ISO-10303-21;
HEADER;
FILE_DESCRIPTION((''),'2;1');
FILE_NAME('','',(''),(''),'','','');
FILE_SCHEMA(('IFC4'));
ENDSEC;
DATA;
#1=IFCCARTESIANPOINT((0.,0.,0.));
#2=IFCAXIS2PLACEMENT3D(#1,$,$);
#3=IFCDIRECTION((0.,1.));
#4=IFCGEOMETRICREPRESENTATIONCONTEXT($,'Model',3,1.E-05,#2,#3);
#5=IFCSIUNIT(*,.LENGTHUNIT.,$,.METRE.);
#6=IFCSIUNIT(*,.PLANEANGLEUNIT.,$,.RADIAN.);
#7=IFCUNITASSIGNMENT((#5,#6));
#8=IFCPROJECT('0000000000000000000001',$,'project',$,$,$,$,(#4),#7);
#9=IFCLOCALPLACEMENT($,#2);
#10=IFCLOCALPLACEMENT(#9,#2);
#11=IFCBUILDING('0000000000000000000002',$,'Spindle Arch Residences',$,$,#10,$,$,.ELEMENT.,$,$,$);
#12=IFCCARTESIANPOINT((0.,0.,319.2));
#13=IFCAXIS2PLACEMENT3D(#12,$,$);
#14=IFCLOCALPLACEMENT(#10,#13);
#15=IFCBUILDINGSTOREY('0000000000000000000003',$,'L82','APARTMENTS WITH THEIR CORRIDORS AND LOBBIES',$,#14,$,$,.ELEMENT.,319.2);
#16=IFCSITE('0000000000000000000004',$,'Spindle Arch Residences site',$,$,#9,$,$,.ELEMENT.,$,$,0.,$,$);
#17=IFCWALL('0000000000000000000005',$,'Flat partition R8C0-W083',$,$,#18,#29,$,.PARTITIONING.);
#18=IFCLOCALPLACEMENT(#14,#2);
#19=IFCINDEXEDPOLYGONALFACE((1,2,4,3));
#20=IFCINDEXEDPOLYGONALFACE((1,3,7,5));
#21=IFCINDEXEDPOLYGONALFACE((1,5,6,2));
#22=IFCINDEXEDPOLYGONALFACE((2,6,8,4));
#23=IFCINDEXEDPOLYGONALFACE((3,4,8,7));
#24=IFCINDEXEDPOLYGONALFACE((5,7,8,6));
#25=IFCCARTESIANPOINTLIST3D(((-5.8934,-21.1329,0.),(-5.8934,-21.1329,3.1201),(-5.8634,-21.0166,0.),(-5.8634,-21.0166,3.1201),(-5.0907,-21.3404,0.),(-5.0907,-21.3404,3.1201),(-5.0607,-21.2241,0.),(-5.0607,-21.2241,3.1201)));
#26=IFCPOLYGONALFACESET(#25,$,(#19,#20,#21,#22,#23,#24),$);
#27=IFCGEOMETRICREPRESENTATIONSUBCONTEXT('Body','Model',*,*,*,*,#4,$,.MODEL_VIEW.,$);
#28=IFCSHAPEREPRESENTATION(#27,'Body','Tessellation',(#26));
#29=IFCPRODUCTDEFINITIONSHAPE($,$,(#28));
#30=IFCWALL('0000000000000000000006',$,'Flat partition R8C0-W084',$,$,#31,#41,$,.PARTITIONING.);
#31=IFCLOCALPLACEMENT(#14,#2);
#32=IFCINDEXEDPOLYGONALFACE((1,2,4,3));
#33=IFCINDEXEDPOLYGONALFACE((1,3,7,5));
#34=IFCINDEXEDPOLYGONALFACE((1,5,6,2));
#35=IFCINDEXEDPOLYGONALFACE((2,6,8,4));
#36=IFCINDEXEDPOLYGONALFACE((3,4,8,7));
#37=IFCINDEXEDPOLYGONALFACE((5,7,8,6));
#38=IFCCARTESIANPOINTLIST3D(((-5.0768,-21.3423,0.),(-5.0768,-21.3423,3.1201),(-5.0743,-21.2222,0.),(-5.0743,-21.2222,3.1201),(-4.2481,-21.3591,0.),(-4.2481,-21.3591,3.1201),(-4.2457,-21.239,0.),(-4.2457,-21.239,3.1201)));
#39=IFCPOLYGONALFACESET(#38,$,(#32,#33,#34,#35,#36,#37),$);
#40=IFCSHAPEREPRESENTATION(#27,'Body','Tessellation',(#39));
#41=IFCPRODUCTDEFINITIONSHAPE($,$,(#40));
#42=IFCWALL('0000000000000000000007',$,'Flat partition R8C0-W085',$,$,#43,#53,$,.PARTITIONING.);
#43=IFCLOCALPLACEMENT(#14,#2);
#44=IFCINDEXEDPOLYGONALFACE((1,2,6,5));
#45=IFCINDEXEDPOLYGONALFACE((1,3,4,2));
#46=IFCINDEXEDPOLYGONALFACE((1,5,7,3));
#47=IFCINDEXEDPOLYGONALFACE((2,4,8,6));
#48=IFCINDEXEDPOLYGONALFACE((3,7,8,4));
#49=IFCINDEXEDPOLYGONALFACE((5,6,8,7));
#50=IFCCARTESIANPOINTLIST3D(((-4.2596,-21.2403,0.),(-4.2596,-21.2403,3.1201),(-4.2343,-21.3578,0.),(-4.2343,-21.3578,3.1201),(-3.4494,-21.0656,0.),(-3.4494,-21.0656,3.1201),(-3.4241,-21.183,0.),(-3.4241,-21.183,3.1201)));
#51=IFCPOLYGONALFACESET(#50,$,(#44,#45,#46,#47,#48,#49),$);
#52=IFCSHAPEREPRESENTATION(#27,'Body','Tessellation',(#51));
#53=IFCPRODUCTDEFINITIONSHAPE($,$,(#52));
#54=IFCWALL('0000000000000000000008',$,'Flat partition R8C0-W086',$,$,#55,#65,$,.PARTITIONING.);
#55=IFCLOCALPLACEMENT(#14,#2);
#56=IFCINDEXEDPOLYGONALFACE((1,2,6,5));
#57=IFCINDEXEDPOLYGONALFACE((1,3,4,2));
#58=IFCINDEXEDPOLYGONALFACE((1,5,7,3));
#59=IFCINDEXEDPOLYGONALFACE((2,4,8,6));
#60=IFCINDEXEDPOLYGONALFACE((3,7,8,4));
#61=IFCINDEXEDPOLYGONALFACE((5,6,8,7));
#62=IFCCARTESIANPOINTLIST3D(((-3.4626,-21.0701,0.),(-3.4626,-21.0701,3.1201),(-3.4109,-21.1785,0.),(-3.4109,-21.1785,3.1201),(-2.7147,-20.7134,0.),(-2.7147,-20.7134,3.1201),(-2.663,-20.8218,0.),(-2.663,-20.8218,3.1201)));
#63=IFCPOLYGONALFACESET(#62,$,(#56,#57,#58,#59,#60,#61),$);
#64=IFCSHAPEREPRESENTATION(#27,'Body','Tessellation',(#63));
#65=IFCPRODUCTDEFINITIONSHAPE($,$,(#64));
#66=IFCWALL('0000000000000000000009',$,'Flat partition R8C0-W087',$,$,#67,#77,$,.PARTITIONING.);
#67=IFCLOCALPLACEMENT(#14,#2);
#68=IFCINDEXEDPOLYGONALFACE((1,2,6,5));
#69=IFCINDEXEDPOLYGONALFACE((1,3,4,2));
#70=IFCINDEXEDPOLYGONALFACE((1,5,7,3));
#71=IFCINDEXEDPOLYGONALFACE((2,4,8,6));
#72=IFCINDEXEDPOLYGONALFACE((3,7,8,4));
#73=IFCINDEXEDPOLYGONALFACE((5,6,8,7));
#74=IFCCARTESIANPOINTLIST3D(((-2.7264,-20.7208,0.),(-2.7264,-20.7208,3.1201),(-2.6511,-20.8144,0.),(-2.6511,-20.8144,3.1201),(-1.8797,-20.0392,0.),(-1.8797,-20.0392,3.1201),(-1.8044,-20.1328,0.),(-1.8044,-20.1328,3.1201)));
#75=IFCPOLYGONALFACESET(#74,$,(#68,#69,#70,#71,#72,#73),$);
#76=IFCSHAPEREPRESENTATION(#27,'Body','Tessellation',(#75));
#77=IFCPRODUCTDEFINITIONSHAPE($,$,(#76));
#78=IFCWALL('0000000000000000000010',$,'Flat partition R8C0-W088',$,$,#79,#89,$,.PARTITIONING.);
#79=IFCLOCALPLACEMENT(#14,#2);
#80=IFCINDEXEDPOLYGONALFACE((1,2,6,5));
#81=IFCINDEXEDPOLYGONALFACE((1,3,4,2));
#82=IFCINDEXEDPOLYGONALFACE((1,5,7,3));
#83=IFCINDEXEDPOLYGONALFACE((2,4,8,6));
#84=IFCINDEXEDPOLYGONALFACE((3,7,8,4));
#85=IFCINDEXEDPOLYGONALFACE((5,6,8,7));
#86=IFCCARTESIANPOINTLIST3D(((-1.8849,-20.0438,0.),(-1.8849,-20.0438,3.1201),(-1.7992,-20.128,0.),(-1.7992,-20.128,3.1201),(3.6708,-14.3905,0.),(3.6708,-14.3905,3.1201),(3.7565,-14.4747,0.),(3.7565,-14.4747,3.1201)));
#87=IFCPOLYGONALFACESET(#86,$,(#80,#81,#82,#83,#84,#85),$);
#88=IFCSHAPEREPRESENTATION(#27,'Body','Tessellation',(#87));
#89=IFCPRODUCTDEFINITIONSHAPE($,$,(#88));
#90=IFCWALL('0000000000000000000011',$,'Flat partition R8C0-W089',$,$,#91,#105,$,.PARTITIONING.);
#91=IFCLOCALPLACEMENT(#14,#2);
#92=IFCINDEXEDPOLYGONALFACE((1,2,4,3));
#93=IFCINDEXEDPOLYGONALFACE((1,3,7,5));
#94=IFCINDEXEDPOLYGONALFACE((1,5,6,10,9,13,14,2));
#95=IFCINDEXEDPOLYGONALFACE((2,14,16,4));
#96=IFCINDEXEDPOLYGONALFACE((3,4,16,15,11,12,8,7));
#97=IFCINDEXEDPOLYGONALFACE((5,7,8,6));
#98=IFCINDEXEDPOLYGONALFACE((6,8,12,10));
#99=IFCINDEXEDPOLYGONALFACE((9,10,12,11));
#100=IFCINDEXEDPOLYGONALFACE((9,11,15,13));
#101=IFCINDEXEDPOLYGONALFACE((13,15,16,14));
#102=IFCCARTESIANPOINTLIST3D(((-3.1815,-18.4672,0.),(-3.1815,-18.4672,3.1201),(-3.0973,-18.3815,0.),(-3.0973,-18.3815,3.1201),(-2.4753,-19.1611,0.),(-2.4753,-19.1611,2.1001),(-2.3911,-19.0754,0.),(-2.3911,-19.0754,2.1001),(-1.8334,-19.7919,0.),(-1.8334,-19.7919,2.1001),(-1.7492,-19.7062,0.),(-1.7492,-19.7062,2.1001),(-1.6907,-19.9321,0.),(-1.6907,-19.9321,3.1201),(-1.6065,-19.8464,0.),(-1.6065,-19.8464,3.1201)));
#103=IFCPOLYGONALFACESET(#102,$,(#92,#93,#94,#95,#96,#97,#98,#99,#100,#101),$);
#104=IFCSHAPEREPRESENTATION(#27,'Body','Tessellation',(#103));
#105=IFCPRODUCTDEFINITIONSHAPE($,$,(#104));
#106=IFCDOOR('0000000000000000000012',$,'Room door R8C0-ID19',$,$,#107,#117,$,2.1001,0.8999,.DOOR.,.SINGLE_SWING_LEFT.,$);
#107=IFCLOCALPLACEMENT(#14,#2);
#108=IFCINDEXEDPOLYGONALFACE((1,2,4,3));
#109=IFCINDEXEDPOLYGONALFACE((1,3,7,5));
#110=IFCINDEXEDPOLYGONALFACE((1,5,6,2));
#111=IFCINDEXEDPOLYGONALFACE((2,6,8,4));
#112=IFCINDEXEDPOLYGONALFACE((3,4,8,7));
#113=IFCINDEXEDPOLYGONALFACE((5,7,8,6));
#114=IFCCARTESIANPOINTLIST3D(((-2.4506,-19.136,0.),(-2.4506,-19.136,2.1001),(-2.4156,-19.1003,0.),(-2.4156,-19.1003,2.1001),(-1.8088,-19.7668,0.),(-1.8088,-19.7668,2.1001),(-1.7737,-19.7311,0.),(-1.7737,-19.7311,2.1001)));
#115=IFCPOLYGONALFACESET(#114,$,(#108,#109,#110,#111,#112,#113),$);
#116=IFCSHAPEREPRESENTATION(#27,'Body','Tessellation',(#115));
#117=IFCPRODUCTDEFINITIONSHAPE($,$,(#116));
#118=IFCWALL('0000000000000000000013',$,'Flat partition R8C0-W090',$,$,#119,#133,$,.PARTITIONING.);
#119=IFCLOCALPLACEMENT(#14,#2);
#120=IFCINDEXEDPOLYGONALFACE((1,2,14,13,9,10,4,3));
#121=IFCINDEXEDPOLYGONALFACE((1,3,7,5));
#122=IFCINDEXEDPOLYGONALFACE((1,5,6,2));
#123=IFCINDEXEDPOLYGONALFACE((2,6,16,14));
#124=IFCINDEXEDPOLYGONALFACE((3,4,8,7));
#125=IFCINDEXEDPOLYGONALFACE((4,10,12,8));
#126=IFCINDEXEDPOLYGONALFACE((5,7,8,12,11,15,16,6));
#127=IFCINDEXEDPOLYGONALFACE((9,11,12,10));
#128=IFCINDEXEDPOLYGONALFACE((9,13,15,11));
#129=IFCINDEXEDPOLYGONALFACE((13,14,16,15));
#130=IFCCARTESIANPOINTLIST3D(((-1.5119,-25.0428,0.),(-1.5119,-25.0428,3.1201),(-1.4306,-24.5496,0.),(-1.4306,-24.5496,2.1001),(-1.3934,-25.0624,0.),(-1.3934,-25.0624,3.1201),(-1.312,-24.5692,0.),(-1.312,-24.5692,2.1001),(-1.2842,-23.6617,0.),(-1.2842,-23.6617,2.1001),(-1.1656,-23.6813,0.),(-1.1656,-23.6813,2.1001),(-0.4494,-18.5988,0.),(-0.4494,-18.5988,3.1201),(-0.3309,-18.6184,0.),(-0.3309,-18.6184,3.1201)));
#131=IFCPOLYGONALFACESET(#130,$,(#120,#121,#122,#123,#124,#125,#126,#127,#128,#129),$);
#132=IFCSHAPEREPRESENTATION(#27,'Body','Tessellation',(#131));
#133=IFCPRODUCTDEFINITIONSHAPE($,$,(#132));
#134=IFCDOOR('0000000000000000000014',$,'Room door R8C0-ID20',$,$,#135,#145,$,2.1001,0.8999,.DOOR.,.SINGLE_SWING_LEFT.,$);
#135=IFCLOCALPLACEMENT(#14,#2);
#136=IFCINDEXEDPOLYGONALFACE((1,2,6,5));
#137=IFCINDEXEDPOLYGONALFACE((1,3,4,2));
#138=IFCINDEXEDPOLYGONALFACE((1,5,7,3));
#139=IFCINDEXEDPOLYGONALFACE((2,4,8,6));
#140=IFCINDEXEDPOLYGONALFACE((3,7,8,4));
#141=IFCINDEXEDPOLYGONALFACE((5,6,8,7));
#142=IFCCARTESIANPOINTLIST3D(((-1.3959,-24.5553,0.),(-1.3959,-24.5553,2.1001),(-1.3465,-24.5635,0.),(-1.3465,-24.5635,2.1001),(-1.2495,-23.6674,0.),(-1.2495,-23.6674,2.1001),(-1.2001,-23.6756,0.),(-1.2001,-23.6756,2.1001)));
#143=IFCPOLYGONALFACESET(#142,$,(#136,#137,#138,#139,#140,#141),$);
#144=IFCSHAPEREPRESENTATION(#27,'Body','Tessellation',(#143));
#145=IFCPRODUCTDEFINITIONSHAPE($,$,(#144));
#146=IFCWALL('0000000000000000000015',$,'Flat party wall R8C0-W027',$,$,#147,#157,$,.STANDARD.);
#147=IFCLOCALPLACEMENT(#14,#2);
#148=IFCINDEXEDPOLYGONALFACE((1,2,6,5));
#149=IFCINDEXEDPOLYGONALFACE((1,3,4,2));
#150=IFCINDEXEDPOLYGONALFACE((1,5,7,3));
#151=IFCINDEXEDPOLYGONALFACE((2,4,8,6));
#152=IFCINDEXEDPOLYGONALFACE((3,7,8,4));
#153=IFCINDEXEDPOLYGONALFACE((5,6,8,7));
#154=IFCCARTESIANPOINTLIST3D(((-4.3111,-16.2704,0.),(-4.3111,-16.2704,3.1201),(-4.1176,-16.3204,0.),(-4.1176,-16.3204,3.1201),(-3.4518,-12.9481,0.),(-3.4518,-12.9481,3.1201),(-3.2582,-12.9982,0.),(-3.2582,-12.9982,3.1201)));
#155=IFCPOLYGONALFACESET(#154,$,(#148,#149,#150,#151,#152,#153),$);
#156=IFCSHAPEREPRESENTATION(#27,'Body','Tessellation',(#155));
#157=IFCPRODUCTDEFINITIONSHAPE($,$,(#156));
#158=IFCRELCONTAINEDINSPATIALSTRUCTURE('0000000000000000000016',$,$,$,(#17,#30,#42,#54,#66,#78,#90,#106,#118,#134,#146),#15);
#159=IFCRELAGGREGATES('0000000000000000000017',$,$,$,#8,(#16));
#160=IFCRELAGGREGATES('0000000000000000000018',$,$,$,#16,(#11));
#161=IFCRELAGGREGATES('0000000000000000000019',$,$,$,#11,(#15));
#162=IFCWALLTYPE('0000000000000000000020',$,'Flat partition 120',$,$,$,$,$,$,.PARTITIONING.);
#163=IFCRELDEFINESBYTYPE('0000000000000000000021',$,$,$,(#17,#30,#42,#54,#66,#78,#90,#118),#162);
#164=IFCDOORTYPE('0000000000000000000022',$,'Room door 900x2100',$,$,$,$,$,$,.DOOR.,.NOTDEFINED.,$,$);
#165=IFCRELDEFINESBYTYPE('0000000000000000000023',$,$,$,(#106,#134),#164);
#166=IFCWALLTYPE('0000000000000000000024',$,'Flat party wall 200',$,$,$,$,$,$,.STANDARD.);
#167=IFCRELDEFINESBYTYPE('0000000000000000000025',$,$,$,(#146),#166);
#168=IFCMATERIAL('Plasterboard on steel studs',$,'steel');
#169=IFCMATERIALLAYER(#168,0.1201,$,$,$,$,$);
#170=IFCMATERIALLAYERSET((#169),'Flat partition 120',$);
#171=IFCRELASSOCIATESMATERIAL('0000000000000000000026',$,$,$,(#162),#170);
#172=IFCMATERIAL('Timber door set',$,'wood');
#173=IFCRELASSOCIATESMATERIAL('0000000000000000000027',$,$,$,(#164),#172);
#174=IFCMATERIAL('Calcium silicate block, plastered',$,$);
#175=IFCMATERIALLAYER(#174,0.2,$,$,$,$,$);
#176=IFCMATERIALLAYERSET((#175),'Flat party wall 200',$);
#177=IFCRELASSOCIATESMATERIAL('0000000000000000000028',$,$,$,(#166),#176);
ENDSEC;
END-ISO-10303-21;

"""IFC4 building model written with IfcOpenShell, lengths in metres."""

from ifc_helpers import new_model, si_unit, direction, frame, frame_2d, origin, place, context, subcontext, project, spatial, rectangle, extrude, material, layer, layer_set, type_object, element, fill, save


model = new_model("IFC4")

# Units and contexts
model_context = context("Model", 3, precision=1e-05, world=origin(), true_north=direction((0.0, 1.0)))
body_context = subcontext(model_context, "Body", "Model", "MODEL_VIEW")
ifc_project = project(units=[si_unit("LENGTHUNIT", "METRE"), si_unit("PLANEANGLEUNIT", "RADIAN")], contexts=[model_context])

# Site, building, storey
site_placement = place(None, origin())
site = spatial("IfcSite", under=ifc_project, at=site_placement, Name="Spindle Arch Residences site", CompositionType="ELEMENT", RefElevation=0.0)
building_placement = place(site_placement, origin())
building = spatial("IfcBuilding", under=site, at=building_placement, Name="Spindle Arch Residences", CompositionType="ELEMENT")
storey_placement = place(building_placement, frame((0.0, 0.0, 319.2)))
storey = spatial("IfcBuildingStorey", under=building, at=storey_placement, Name="L82", Description="APARTMENTS WITH THEIR CORRIDORS AND LOBBIES", CompositionType="ELEMENT", Elevation=319.2)

# Walls
ifc_material_1 = material(Name="Plasterboard on steel studs", Category="steel")
ifc_layer_1 = layer(ifc_material_1, 0.1201)
ifc_layer_set_1 = layer_set([ifc_layer_1], Name="Flat partition 120")
wall_type_1 = type_object("IfcWallType", Name="Flat partition 120", PredefinedType="PARTITIONING", material=ifc_layer_set_1)
wall_1_placement = place(storey_placement, frame((-5.8784, -21.0747, 0.0), z_axis=(0.0, 0.0, 1.0), x_axis=(0.968172, -0.250288, 0.0)))
element("IfcWall", 1, at=wall_1_placement, inside=storey, type_object=wall_type_1, Name="Flat partition R8C0-W083", PredefinedType="PARTITIONING", context=body_context, shape_type="SweptSolid", body=[
    extrude(rectangle(XDim=0.8291, YDim=0.1201, at=frame_2d((0.4146, 0.0))), origin(), (0.0, 0.0, 1.0), 3.1201),
])
for number, where, z_axis, x_axis, name in (
    (2, (-5.0757, -21.2822, 0.0), (0.0, 0.0, 1.0), (0.999793, -0.020326, 0.0), "Flat partition R8C0-W084"),
    (3, (-4.2471, -21.2991, 0.0), (0.0, 0.0, 1.0), (0.977513, 0.210876, 0.0), "Flat partition R8C0-W085"),
):
    element("IfcWall", number, at=place(storey_placement, frame(where, z_axis=z_axis, x_axis=x_axis)), inside=storey, type_object=wall_type_1, Name=name, PredefinedType="PARTITIONING", context=body_context, shape_type="SweptSolid", body=[
        extrude(rectangle(XDim=0.8289, YDim=0.1201, at=frame_2d((0.4146, 0.0))), origin(), (0.0, 0.0, 1.0), 3.1201),
    ])
wall_2_placement = place(storey_placement, frame((-3.4368, -21.1243, 0.0), z_axis=(0.0, 0.0, 1.0), x_axis=(0.902637, 0.430402, 0.0)))
element("IfcWall", 4, at=wall_2_placement, inside=storey, type_object=wall_type_1, Name="Flat partition R8C0-W086", PredefinedType="PARTITIONING", context=body_context, shape_type="SweptSolid", body=[
    extrude(rectangle(XDim=0.8286, YDim=0.1201, at=frame_2d((0.4143, 0.0))), origin(), (0.0, 0.0, 1.0), 3.1201),
])
wall_3_placement = place(storey_placement, frame((-2.6887, -20.7676, 0.0), z_axis=(0.0, 0.0, 1.0), x_axis=(0.778937, 0.627102, 0.0)))
element("IfcWall", 5, at=wall_3_placement, inside=storey, type_object=wall_type_1, Name="Flat partition R8C0-W087", PredefinedType="PARTITIONING", context=body_context, shape_type="SweptSolid", body=[
    extrude(rectangle(XDim=1.0869, YDim=0.1201, at=frame_2d((0.5435, 0.0))), origin(), (0.0, 0.0, 1.0), 3.1201),
])
wall_4_placement = place(storey_placement, frame((-1.842, -20.0859, 0.0), z_axis=(0.0, 0.0, 1.0), x_axis=(0.70092, 0.71324, 0.0)))
element("IfcWall", 6, at=wall_4_placement, inside=storey, type_object=wall_type_1, Name="Flat partition R8C0-W088", PredefinedType="PARTITIONING", context=body_context, shape_type="SweptSolid", body=[
    extrude(rectangle(XDim=7.9263, YDim=0.1201, at=frame_2d((3.9631, 0.0))), origin(), (0.0, 0.0, 1.0), 3.1201),
])

# Walls, openings, doors
wall_5_placement = place(storey_placement, frame((-1.6487, -19.8892, 0.0), z_axis=(0.0, 0.0, 1.0), x_axis=(-0.713271, 0.700888, 0.0)))
wall_5 = element("IfcWall", 7, at=wall_5_placement, inside=storey, type_object=wall_type_1, Name="Flat partition R8C0-W089", PredefinedType="PARTITIONING", context=body_context, shape_type="SweptSolid", body=[
    extrude(rectangle(XDim=2.0901, YDim=0.1201, at=frame_2d((1.0449, 0.0))), origin(), (0.0, 0.0, 1.0), 3.1201),
])
opening_1_placement = place(wall_5_placement, frame((0.2, 0.0, 0.0)))
opening_1 = element("IfcOpeningElement", 8, at=opening_1_placement, cuts=wall_5, PredefinedType="OPENING", context=body_context, shape_type="SweptSolid", body=[
    extrude(rectangle(XDim=0.8999, YDim=2.1001, at=frame_2d((0.45, 1.05))), frame((0.0, 0.0701, 0.0), z_axis=(0.0, -1.0, 0.0), x_axis=(1.0, 0.0, 0.0)), (0.0, 0.0, 1.0), 0.1401),
])
ifc_material_2 = material(Name="Timber door set", Category="wood")
door_type = type_object("IfcDoorType", Name="Room door 900x2100", OperationType="NOTDEFINED", PredefinedType="DOOR", material=ifc_material_2)
door_1_placement = place(opening_1_placement, origin())
door_1 = element("IfcDoor", 9, at=door_1_placement, inside=storey, type_object=door_type, Name="Room door R8C0-ID19", OperationType="SINGLE_SWING_LEFT", OverallHeight=2.1001, OverallWidth=0.8999, PredefinedType="DOOR", context=body_context, shape_type="SweptSolid", body=[
    extrude(rectangle(XDim=0.8999, YDim=2.1001, at=frame_2d((0.45, 1.05))), frame((0.0, 0.0249, 0.0), z_axis=(0.0, -1.0, 0.0), x_axis=(1.0, 0.0, 0.0)), (0.0, 0.0, 1.0), 0.05),
])
fill(opening_1, door_1)
wall_6_placement = place(storey_placement, frame((-1.4526, -25.0527, 0.0), z_axis=(0.0, 0.0, 1.0), x_axis=(0.162683, 0.986678, 0.0)))
wall_6 = element("IfcWall", 10, at=wall_6_placement, inside=storey, type_object=wall_type_1, Name="Flat partition R8C0-W090", PredefinedType="PARTITIONING", context=body_context, shape_type="SweptSolid", body=[
    extrude(rectangle(XDim=6.531, YDim=0.1201, at=frame_2d((3.2656, 0.0))), origin(), (0.0, 0.0, 1.0), 3.1201),
])
opening_2_placement = place(wall_6_placement, frame((0.5, 0.0, 0.0)))
opening_2 = element("IfcOpeningElement", 11, at=opening_2_placement, cuts=wall_6, PredefinedType="OPENING", context=body_context, shape_type="SweptSolid", body=[
    extrude(rectangle(XDim=0.8999, YDim=2.1001, at=frame_2d((0.45, 1.05))), frame((0.0, 0.0701, 0.0), z_axis=(0.0, -1.0, 0.0), x_axis=(1.0, 0.0, 0.0)), (0.0, 0.0, 1.0), 0.1401),
])
door_2_placement = place(opening_2_placement, origin())
door_2 = element("IfcDoor", 12, at=door_2_placement, inside=storey, type_object=door_type, Name="Room door R8C0-ID20", OperationType="SINGLE_SWING_LEFT", OverallHeight=2.1001, OverallWidth=0.8999, PredefinedType="DOOR", context=body_context, shape_type="SweptSolid", body=[
    extrude(rectangle(XDim=0.8999, YDim=2.1001, at=frame_2d((0.45, 1.05))), frame((0.0, 0.0249, 0.0), z_axis=(0.0, -1.0, 0.0), x_axis=(1.0, 0.0, 0.0)), (0.0, 0.0, 1.0), 0.05),
])
fill(opening_2, door_2)

# Wall
ifc_material_3 = material(Name="Calcium silicate block, plastered")
ifc_layer_2 = layer(ifc_material_3, 0.2)
ifc_layer_set_2 = layer_set([ifc_layer_2], Name="Flat party wall 200")
wall_type_2 = type_object("IfcWallType", Name="Flat party wall 200", PredefinedType="STANDARD", material=ifc_layer_set_2)
wall_7_placement = place(storey_placement, frame((-4.2144, -16.2954, 0.0), z_axis=(0.0, 0.0, 1.0), x_axis=(0.250429, 0.968135, 0.0)))
element("IfcWall", 13, at=wall_7_placement, inside=storey, type_object=wall_type_2, Name="Flat party wall R8C0-W027", PredefinedType="STANDARD", context=body_context, shape_type="SweptSolid", body=[
    extrude(rectangle(XDim=3.4316, YDim=0.2, at=frame_2d((1.7158, 0.0))), origin(), (0.0, 0.0, 1.0), 3.1201),
])

save(model, "model.ifc")
